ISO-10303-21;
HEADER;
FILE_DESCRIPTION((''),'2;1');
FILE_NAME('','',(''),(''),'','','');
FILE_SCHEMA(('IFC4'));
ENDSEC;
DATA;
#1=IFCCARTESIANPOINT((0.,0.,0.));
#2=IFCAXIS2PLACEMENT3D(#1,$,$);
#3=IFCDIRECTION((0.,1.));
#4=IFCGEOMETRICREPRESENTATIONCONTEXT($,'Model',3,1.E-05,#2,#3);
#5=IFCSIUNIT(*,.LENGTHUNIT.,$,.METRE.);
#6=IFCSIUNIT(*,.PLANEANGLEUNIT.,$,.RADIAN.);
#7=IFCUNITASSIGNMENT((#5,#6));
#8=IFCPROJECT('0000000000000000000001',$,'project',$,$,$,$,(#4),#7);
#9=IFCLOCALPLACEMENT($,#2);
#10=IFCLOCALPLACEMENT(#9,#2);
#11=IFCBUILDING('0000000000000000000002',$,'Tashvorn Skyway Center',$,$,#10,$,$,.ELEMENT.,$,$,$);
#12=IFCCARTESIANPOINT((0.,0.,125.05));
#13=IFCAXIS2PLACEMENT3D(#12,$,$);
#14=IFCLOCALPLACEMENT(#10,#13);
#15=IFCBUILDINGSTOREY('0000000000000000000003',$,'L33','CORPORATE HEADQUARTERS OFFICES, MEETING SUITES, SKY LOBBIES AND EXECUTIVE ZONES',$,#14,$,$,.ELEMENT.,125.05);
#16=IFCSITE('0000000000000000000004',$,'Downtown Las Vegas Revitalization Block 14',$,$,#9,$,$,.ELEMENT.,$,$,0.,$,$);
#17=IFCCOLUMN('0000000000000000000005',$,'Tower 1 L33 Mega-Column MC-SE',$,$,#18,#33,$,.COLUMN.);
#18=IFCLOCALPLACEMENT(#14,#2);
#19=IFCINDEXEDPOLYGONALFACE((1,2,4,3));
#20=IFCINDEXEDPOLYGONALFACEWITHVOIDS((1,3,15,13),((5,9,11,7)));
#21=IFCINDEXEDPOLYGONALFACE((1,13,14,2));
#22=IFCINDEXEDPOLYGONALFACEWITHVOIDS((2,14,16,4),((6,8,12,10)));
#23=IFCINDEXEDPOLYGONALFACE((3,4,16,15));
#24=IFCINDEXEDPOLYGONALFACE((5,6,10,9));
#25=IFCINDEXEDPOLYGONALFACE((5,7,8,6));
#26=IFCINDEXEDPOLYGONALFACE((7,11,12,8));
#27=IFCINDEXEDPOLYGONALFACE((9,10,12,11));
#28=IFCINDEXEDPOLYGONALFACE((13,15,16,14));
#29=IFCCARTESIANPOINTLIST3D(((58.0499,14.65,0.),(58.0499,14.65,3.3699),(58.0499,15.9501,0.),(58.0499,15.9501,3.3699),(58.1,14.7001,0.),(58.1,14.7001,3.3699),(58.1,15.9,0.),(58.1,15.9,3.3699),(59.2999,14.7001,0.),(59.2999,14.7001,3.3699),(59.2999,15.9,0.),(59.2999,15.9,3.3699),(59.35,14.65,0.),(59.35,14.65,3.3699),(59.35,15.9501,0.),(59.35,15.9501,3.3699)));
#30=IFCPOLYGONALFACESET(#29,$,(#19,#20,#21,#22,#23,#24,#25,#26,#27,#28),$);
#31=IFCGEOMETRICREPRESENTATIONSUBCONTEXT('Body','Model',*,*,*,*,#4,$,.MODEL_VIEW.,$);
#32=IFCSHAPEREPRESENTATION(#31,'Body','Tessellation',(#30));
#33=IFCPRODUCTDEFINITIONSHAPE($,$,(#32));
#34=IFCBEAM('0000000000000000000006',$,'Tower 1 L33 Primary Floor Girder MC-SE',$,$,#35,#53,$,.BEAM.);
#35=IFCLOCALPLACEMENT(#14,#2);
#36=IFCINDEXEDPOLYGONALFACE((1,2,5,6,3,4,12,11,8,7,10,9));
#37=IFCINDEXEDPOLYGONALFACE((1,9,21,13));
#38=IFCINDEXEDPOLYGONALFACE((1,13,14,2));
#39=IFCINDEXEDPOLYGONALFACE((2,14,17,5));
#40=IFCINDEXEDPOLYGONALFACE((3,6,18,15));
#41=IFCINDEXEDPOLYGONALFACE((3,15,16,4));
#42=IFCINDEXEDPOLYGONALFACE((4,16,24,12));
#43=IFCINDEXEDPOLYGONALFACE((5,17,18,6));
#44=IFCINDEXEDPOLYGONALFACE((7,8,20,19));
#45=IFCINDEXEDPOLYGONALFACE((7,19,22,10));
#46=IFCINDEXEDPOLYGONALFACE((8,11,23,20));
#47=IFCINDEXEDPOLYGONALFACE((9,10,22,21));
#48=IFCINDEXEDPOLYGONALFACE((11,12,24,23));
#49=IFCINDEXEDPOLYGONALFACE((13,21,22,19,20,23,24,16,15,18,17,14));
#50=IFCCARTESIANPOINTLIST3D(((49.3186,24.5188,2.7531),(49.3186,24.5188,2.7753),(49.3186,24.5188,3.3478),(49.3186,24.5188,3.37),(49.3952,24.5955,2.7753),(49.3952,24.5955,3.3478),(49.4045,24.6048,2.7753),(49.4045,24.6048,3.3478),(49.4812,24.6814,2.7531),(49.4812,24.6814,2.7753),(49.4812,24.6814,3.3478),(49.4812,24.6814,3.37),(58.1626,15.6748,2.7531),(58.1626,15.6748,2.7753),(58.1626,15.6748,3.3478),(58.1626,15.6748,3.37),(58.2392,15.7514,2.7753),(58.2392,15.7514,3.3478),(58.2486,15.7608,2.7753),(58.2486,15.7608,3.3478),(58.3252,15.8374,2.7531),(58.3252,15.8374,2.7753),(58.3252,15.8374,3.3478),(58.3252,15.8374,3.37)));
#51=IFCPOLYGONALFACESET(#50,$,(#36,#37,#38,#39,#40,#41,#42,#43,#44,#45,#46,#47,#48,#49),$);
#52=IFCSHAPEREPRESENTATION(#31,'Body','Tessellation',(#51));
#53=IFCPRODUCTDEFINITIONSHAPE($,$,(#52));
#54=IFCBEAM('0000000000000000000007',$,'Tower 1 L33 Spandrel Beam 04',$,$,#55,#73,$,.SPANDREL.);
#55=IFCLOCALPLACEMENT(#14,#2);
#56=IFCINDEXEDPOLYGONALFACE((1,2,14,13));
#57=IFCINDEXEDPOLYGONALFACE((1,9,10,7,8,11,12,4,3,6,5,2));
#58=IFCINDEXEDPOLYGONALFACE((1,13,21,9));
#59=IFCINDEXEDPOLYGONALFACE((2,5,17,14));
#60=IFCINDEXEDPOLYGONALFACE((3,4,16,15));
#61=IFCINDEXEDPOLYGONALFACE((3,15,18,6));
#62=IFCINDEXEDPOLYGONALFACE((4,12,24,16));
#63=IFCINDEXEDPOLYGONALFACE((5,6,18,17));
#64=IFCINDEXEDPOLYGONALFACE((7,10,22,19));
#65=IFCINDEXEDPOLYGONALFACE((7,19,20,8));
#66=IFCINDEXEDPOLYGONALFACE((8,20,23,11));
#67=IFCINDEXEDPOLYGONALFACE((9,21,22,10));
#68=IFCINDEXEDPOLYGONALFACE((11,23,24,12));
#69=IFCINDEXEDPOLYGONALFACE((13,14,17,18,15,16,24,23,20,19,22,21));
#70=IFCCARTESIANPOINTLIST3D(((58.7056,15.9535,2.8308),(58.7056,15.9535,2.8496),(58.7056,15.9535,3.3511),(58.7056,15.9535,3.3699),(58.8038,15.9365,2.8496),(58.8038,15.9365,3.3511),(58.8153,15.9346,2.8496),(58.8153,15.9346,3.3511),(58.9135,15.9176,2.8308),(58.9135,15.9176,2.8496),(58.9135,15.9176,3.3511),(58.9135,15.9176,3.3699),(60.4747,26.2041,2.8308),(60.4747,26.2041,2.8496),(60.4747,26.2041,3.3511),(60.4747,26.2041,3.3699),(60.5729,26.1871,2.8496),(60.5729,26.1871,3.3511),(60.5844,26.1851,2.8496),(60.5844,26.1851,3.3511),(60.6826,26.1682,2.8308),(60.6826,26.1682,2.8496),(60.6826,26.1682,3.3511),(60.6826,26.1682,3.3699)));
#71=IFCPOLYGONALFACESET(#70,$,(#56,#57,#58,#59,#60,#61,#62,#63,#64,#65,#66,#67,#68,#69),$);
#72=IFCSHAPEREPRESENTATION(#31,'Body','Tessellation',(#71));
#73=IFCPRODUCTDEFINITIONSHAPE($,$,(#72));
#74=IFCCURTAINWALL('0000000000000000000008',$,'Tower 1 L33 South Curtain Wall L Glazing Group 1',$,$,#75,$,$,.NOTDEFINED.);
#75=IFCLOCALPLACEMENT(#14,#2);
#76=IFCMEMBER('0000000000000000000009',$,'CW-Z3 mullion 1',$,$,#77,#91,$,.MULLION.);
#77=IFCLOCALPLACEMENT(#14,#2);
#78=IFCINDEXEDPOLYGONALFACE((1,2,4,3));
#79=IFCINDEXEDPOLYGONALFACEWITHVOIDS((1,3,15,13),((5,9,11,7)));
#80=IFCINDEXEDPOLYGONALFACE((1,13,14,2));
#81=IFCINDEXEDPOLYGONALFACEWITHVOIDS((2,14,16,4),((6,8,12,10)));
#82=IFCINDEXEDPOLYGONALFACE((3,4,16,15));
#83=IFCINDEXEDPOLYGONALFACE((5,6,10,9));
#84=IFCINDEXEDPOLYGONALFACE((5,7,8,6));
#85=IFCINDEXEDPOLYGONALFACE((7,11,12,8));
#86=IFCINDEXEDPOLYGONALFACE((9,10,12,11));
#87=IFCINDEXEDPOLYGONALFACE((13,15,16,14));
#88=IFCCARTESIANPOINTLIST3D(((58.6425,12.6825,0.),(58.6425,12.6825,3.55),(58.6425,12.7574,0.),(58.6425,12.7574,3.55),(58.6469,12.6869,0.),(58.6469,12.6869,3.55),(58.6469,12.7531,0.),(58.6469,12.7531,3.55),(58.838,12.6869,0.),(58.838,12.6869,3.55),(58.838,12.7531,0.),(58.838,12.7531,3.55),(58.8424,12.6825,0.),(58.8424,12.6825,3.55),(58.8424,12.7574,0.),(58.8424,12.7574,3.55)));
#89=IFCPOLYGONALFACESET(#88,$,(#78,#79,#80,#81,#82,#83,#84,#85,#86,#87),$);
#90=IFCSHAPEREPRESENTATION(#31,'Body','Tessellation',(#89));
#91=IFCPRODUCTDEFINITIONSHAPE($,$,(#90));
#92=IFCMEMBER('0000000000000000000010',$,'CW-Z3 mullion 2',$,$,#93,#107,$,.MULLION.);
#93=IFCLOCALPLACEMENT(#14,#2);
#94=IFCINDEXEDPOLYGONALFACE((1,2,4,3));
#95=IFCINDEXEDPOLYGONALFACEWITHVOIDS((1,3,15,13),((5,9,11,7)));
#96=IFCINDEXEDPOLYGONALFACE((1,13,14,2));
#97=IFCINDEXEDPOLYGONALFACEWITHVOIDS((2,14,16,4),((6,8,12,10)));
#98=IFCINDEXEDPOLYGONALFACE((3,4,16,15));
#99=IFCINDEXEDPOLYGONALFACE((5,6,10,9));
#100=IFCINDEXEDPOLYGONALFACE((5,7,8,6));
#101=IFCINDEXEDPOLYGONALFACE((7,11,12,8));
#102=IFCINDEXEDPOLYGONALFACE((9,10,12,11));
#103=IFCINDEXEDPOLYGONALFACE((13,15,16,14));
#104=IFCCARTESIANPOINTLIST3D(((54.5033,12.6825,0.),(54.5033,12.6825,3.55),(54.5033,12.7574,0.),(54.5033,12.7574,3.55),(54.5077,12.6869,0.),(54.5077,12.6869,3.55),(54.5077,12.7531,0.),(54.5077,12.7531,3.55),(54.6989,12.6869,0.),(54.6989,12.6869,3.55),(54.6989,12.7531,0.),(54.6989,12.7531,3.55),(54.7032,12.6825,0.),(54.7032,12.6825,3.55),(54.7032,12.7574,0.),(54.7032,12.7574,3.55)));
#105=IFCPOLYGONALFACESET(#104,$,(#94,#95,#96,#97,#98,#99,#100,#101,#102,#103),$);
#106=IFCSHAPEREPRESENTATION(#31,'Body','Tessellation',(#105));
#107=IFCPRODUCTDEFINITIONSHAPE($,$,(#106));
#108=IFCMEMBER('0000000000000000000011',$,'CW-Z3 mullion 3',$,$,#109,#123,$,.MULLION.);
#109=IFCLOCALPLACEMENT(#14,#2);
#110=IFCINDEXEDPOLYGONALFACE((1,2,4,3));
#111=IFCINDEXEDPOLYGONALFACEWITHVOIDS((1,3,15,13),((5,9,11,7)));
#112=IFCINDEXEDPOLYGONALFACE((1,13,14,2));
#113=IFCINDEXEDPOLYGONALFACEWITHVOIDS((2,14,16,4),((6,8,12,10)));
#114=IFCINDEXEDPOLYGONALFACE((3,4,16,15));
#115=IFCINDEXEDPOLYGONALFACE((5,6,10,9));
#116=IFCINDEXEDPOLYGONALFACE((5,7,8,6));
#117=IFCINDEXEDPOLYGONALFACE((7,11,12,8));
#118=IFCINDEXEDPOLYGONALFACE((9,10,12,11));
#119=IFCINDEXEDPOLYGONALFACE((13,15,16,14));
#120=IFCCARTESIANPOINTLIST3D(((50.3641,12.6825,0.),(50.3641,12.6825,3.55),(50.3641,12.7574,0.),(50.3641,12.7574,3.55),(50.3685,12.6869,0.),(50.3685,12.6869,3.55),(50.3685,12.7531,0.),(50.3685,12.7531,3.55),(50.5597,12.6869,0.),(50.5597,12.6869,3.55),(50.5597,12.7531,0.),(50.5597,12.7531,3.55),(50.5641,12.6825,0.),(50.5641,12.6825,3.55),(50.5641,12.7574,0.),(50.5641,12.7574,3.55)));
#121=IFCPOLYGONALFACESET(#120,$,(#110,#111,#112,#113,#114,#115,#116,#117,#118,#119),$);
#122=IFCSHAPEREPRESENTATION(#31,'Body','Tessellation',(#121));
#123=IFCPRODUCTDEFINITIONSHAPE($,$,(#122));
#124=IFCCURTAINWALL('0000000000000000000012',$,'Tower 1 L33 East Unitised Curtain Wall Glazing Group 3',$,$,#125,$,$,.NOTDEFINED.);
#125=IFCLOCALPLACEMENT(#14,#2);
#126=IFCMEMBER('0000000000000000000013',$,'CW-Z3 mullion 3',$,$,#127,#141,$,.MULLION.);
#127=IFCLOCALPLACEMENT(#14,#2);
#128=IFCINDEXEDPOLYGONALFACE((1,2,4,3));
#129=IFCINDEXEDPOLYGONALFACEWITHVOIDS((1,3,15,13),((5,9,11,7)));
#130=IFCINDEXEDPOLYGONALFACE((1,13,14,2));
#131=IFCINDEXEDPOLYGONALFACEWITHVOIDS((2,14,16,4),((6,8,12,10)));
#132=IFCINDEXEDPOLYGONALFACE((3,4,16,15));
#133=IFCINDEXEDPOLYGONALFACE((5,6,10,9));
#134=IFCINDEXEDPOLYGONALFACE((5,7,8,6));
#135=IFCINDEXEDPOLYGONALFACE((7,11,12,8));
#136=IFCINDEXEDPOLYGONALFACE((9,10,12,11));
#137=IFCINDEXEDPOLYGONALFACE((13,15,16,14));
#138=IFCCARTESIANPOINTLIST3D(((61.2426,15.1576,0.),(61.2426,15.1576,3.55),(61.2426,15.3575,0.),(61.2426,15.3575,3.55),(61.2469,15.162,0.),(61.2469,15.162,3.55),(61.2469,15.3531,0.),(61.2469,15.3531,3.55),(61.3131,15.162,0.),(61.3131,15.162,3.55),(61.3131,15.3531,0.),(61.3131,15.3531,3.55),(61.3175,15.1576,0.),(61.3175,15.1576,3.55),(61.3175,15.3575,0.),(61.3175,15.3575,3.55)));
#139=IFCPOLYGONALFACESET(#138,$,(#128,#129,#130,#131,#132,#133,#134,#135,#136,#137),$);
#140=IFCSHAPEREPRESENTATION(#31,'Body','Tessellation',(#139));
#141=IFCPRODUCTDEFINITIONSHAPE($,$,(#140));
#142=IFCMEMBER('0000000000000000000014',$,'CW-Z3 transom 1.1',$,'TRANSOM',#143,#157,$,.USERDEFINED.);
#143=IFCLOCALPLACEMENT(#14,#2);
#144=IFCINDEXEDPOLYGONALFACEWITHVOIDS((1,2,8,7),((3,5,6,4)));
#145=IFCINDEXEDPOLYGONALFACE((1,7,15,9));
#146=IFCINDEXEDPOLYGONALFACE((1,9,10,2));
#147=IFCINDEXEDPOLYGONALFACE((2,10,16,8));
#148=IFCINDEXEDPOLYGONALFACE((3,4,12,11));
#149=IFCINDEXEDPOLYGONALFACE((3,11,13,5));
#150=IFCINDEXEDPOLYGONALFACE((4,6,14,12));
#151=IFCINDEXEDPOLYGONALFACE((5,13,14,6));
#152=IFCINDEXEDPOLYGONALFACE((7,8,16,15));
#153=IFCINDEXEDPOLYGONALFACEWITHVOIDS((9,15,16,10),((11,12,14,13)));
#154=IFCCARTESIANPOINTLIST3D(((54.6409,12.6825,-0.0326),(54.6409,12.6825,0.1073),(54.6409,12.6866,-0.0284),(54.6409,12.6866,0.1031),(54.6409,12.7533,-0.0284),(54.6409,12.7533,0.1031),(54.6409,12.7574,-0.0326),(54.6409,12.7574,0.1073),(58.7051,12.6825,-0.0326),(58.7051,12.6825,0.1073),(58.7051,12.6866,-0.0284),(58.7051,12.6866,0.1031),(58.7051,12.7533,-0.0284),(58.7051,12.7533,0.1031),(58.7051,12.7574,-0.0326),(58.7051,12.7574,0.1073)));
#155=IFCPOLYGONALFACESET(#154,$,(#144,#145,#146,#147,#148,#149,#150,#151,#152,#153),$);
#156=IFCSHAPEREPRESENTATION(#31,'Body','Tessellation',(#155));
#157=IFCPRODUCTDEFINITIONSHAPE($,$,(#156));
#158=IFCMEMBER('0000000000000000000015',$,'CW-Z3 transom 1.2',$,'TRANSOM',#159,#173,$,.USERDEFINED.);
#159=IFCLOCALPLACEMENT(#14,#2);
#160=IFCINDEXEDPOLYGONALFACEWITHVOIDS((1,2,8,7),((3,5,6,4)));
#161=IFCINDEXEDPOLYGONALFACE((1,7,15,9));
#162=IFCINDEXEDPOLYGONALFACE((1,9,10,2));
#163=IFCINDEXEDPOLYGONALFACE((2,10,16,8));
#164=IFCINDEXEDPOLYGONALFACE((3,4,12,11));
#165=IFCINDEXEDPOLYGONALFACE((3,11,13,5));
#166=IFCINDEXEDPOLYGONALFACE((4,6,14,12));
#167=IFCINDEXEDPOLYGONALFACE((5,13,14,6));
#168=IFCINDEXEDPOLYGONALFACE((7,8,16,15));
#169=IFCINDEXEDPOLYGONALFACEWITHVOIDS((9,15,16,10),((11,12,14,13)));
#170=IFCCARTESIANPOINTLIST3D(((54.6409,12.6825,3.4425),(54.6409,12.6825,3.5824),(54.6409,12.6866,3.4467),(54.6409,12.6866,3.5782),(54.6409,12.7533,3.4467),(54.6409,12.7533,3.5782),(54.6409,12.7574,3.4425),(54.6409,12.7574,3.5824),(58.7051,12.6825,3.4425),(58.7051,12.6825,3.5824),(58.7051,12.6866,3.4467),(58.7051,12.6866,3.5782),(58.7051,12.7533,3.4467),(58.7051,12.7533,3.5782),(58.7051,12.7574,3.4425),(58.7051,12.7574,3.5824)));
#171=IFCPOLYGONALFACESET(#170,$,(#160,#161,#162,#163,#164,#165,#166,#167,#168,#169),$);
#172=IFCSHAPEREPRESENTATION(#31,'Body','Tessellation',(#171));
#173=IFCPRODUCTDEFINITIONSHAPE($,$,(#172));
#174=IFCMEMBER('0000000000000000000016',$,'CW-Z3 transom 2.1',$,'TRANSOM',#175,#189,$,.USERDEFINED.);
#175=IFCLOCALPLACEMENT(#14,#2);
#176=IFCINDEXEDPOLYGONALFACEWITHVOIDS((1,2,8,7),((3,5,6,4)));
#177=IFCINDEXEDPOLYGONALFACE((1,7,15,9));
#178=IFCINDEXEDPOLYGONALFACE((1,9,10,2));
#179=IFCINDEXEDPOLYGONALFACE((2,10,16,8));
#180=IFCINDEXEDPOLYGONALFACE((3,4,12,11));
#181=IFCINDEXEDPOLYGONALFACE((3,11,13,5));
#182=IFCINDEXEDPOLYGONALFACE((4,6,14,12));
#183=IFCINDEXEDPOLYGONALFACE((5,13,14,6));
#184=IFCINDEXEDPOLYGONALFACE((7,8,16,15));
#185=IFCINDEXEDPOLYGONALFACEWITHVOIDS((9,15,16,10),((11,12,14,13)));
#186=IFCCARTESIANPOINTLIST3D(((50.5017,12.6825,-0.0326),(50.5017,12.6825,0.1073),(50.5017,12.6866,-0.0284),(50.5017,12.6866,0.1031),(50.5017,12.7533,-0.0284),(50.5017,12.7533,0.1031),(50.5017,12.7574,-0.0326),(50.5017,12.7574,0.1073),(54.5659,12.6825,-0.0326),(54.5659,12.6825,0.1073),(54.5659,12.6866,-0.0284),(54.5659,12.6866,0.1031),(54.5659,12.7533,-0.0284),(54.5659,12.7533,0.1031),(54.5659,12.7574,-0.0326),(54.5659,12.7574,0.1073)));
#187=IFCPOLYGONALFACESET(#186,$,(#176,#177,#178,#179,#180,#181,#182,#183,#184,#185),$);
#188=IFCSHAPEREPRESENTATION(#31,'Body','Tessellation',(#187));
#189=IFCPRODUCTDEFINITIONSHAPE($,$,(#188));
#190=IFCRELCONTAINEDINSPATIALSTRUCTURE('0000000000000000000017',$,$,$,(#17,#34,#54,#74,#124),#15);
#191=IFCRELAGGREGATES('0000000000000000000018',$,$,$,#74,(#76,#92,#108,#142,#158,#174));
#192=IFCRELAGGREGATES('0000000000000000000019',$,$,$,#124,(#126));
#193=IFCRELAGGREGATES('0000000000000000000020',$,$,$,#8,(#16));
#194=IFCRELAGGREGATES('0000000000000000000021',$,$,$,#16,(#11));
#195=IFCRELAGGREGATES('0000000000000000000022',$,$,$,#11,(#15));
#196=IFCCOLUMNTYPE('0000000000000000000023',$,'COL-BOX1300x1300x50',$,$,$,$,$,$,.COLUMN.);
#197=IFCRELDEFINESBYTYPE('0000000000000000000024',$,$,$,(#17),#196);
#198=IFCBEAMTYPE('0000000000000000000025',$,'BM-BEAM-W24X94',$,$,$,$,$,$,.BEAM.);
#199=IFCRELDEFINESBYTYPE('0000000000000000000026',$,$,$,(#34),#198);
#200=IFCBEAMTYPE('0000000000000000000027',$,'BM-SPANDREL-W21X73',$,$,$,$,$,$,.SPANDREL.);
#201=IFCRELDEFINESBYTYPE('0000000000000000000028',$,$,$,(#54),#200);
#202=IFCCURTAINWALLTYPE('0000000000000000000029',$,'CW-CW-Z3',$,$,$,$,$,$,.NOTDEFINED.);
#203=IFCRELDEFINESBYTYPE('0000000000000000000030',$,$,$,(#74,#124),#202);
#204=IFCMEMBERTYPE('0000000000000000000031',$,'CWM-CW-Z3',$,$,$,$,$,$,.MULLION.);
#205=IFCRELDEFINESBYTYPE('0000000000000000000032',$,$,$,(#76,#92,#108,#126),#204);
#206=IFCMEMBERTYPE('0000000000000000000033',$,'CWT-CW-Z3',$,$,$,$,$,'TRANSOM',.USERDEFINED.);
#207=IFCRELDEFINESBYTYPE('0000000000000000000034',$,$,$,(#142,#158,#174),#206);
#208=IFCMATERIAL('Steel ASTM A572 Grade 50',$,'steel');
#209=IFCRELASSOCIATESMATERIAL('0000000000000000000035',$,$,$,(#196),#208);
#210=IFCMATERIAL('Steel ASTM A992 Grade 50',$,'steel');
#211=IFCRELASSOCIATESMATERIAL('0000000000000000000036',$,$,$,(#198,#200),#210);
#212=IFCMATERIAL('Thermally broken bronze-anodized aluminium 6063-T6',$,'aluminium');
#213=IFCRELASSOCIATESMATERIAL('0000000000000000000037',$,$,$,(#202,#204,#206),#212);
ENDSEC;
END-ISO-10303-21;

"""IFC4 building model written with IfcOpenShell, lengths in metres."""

from ifc_helpers import new_model, si_unit, direction, frame, origin, origin_2d, place, context, subcontext, project, spatial, hollow_rectangle, i_section, extrude, material, material_profile, profile_set, type_object, element, aggregate, save


model = new_model("IFC4")

# Units and contexts
model_context = context("Model", 3, precision=1e-05, world=origin(), true_north=direction((0.0, 1.0)))
body_context = subcontext(model_context, "Body", "Model", "MODEL_VIEW")
ifc_project = project(units=[si_unit("LENGTHUNIT", "METRE"), si_unit("PLANEANGLEUNIT", "RADIAN")], contexts=[model_context])

# Site, building, storey
site_placement = place(None, origin())
site = spatial("IfcSite", under=ifc_project, at=site_placement, Name="Downtown Las Vegas Revitalization Block 14", CompositionType="ELEMENT", RefElevation=0.0)
building_placement = place(site_placement, origin())
building = spatial("IfcBuilding", under=site, at=building_placement, Name="Tashvorn Skyway Center", CompositionType="ELEMENT")
storey_placement = place(building_placement, frame((0.0, 0.0, 125.05)))
storey = spatial("IfcBuildingStorey", under=building, at=storey_placement, Name="L33", Description="CORPORATE HEADQUARTERS OFFICES, MEETING SUITES, SKY LOBBIES AND EXECUTIVE ZONES", CompositionType="ELEMENT", Elevation=125.05)

# Column
ifc_material_1 = material(Name="Steel ASTM A572 Grade 50", Category="steel")
ifc_material_profile_1 = material_profile(ifc_material_1, hollow_rectangle(XDim=1.3, YDim=1.3, WallThickness=0.05, at=origin_2d()), Name="BOX1300x1300x50")
ifc_profile_set_1 = profile_set([ifc_material_profile_1], Name="Steel ASTM A572 Grade 50")
column_type = type_object("IfcColumnType", Name="COL-BOX1300x1300x50", PredefinedType="COLUMN", material=ifc_profile_set_1)
column_placement = place(storey_placement, frame((58.7, 15.3, 0.0), z_axis=(0.0, 0.0, 1.0), x_axis=(1.0, 0.0, 0.0)))
element("IfcColumn", 1, at=column_placement, inside=storey, type_object=column_type, Name="Tower 1 L33 Mega-Column MC-SE", PredefinedType="COLUMN", context=body_context, shape_type="SweptSolid", body=[
    extrude(hollow_rectangle(XDim=1.3, YDim=1.3, WallThickness=0.05, at=origin_2d()), origin(), (0.0, 0.0, 1.0), 3.3699),
])

# Beams
ifc_material_2 = material(Name="Steel ASTM A992 Grade 50", Category="steel")
ifc_material_profile_2 = material_profile(ifc_material_2, i_section(OverallWidth=0.23, OverallDepth=0.6169, WebThickness=0.0132, FlangeThickness=0.0222, at=origin_2d()), Name="W24X94")
ifc_profile_set_2 = profile_set([ifc_material_profile_2], Name="Steel ASTM A992 Grade 50")
beam_type_1 = type_object("IfcBeamType", Name="BM-BEAM-W24X94", PredefinedType="BEAM", material=ifc_profile_set_2)
beam_1_placement = place(storey_placement, frame((58.2439, 15.7561, 3.0615), z_axis=(-0.707107, 0.707107, 0.0), x_axis=(-0.707107, -0.707107, 0.0)))
element("IfcBeam", 2, at=beam_1_placement, inside=storey, type_object=beam_type_1, Name="Tower 1 L33 Primary Floor Girder MC-SE", PredefinedType="BEAM", context=body_context, shape_type="SweptSolid", body=[
    extrude(i_section(OverallWidth=0.23, OverallDepth=0.6169, WebThickness=0.0132, FlangeThickness=0.0222, at=origin_2d()), origin(), (0.0, 0.0, 1.0), 12.5073),
])
ifc_material_profile_3 = material_profile(ifc_material_2, i_section(OverallWidth=0.2109, OverallDepth=0.5391, WebThickness=0.0117, FlangeThickness=0.0188, at=origin_2d()), Name="W21X73")
ifc_profile_set_3 = profile_set([ifc_material_profile_3], Name="Steel ASTM A992 Grade 50")
beam_type_2 = type_object("IfcBeamType", Name="BM-SPANDREL-W21X73", PredefinedType="SPANDREL", material=ifc_profile_set_3)
beam_2_placement = place(storey_placement, frame((58.8096, 15.9355, 3.1003), z_axis=(0.170067, 0.985432, 0.0), x_axis=(-0.985432, 0.170067, 0.0)))
element("IfcBeam", 3, at=beam_2_placement, inside=storey, type_object=beam_type_2, Name="Tower 1 L33 Spandrel Beam 04", PredefinedType="SPANDREL", context=body_context, shape_type="SweptSolid", body=[
    extrude(i_section(OverallWidth=0.2109, OverallDepth=0.5391, WebThickness=0.0117, FlangeThickness=0.0188, at=origin_2d()), origin(), (0.0, 0.0, 1.0), 10.4021),
])

# Curtain wall, members
ifc_material_3 = material(Name="Thermally broken bronze-anodized aluminium 6063-T6", Category="aluminium")
curtain_wall_type = type_object("IfcCurtainWallType", Name="CW-CW-Z3", PredefinedType="NOTDEFINED", material=ifc_material_3)
curtain_wall_1_placement = place(storey_placement, origin())
curtain_wall_1 = element("IfcCurtainWall", 4, at=curtain_wall_1_placement, inside=storey, type_object=curtain_wall_type, Name="Tower 1 L33 South Curtain Wall L Glazing Group 1", PredefinedType="NOTDEFINED")
ifc_material_profile_4 = material_profile(ifc_material_3, hollow_rectangle(XDim=0.075, YDim=0.2, WallThickness=0.0044, at=origin_2d()), Name="ALU-MULL-75x200")
ifc_profile_set_4 = profile_set([ifc_material_profile_4], Name="Thermally broken bronze-anodized aluminium 6063-T6")
member_type_1 = type_object("IfcMemberType", Name="CWM-CW-Z3", PredefinedType="MULLION", material=ifc_profile_set_4)
member_1_placement = place(storey_placement, frame((58.7424, 12.72, 0.0), z_axis=(0.0, 0.0, 1.0), x_axis=(0.0, -1.0, 0.0)))
member_1 = element("IfcMember", 5, at=member_1_placement, type_object=member_type_1, Name="CW-Z3 mullion 1", PredefinedType="MULLION", context=body_context, shape_type="SweptSolid", body=[
    extrude(hollow_rectangle(XDim=0.075, YDim=0.2, WallThickness=0.0044, at=origin_2d()), origin(), (0.0, 0.0, 1.0), 3.55),
])
member_2_placement = place(storey_placement, frame((54.6033, 12.72, 0.0), z_axis=(0.0, 0.0, 1.0), x_axis=(0.0, -1.0, 0.0)))
member_2 = element("IfcMember", 6, at=member_2_placement, type_object=member_type_1, Name="CW-Z3 mullion 2", PredefinedType="MULLION", context=body_context, shape_type="SweptSolid", body=[
    extrude(hollow_rectangle(XDim=0.075, YDim=0.2, WallThickness=0.0044, at=origin_2d()), origin(), (0.0, 0.0, 1.0), 3.55),
])
member_3_placement = place(storey_placement, frame((50.4641, 12.72, 0.0), z_axis=(0.0, 0.0, 1.0), x_axis=(0.0, -1.0, 0.0)))
member_3 = element("IfcMember", 7, at=member_3_placement, type_object=member_type_1, Name="CW-Z3 mullion 3", PredefinedType="MULLION", context=body_context, shape_type="SweptSolid", body=[
    extrude(hollow_rectangle(XDim=0.075, YDim=0.2, WallThickness=0.0044, at=origin_2d()), origin(), (0.0, 0.0, 1.0), 3.55),
])

# Curtain wall, member
curtain_wall_2_placement = place(storey_placement, origin())
curtain_wall_2 = element("IfcCurtainWall", 8, at=curtain_wall_2_placement, inside=storey, type_object=curtain_wall_type, Name="Tower 1 L33 East Unitised Curtain Wall Glazing Group 3", PredefinedType="NOTDEFINED")
member_4_placement = place(storey_placement, frame((61.28, 15.2576, 0.0), z_axis=(0.0, 0.0, 1.0), x_axis=(1.0, 0.0, 0.0)))
member_4 = element("IfcMember", 9, at=member_4_placement, type_object=member_type_1, Name="CW-Z3 mullion 3", PredefinedType="MULLION", context=body_context, shape_type="SweptSolid", body=[
    extrude(hollow_rectangle(XDim=0.075, YDim=0.2, WallThickness=0.0044, at=origin_2d()), origin(), (0.0, 0.0, 1.0), 3.55),
])

# Members
ifc_material_profile_5 = material_profile(ifc_material_3, hollow_rectangle(XDim=0.075, YDim=0.1399, WallThickness=0.0042, at=origin_2d()), Name="ALU-TRAN-75x140")
ifc_profile_set_5 = profile_set([ifc_material_profile_5], Name="Thermally broken bronze-anodized aluminium 6063-T6")
member_type_2 = type_object("IfcMemberType", Name="CWT-CW-Z3", ElementType="TRANSOM", PredefinedType="USERDEFINED", material=ifc_profile_set_5)
member_5_placement = place(storey_placement, frame((58.7051, 12.72, 0.0374), z_axis=(-1.0, 0.0, 0.0), x_axis=(0.0, -1.0, 0.0)))
member_5 = element("IfcMember", 10, at=member_5_placement, type_object=member_type_2, Name="CW-Z3 transom 1.1", ObjectType="TRANSOM", PredefinedType="USERDEFINED", context=body_context, shape_type="SweptSolid", body=[
    extrude(hollow_rectangle(XDim=0.075, YDim=0.1399, WallThickness=0.0042, at=origin_2d()), origin(), (0.0, 0.0, 1.0), 4.0642),
])
member_6_placement = place(storey_placement, frame((58.7051, 12.72, 3.5125), z_axis=(-1.0, 0.0, 0.0), x_axis=(0.0, -1.0, 0.0)))
member_6 = element("IfcMember", 11, at=member_6_placement, type_object=member_type_2, Name="CW-Z3 transom 1.2", ObjectType="TRANSOM", PredefinedType="USERDEFINED", context=body_context, shape_type="SweptSolid", body=[
    extrude(hollow_rectangle(XDim=0.075, YDim=0.1399, WallThickness=0.0042, at=origin_2d()), origin(), (0.0, 0.0, 1.0), 4.0642),
])
member_7_placement = place(storey_placement, frame((54.5659, 12.72, 0.0374), z_axis=(-1.0, 0.0, 0.0), x_axis=(0.0, -1.0, 0.0)))
member_7 = element("IfcMember", 12, at=member_7_placement, type_object=member_type_2, Name="CW-Z3 transom 2.1", ObjectType="TRANSOM", PredefinedType="USERDEFINED", context=body_context, shape_type="SweptSolid", body=[
    extrude(hollow_rectangle(XDim=0.075, YDim=0.1399, WallThickness=0.0042, at=origin_2d()), origin(), (0.0, 0.0, 1.0), 4.0642),
])

aggregate(curtain_wall_1, [member_1, member_2, member_3, member_5, member_6, member_7])
aggregate(curtain_wall_2, [member_4])

save(model, "model.ifc")
